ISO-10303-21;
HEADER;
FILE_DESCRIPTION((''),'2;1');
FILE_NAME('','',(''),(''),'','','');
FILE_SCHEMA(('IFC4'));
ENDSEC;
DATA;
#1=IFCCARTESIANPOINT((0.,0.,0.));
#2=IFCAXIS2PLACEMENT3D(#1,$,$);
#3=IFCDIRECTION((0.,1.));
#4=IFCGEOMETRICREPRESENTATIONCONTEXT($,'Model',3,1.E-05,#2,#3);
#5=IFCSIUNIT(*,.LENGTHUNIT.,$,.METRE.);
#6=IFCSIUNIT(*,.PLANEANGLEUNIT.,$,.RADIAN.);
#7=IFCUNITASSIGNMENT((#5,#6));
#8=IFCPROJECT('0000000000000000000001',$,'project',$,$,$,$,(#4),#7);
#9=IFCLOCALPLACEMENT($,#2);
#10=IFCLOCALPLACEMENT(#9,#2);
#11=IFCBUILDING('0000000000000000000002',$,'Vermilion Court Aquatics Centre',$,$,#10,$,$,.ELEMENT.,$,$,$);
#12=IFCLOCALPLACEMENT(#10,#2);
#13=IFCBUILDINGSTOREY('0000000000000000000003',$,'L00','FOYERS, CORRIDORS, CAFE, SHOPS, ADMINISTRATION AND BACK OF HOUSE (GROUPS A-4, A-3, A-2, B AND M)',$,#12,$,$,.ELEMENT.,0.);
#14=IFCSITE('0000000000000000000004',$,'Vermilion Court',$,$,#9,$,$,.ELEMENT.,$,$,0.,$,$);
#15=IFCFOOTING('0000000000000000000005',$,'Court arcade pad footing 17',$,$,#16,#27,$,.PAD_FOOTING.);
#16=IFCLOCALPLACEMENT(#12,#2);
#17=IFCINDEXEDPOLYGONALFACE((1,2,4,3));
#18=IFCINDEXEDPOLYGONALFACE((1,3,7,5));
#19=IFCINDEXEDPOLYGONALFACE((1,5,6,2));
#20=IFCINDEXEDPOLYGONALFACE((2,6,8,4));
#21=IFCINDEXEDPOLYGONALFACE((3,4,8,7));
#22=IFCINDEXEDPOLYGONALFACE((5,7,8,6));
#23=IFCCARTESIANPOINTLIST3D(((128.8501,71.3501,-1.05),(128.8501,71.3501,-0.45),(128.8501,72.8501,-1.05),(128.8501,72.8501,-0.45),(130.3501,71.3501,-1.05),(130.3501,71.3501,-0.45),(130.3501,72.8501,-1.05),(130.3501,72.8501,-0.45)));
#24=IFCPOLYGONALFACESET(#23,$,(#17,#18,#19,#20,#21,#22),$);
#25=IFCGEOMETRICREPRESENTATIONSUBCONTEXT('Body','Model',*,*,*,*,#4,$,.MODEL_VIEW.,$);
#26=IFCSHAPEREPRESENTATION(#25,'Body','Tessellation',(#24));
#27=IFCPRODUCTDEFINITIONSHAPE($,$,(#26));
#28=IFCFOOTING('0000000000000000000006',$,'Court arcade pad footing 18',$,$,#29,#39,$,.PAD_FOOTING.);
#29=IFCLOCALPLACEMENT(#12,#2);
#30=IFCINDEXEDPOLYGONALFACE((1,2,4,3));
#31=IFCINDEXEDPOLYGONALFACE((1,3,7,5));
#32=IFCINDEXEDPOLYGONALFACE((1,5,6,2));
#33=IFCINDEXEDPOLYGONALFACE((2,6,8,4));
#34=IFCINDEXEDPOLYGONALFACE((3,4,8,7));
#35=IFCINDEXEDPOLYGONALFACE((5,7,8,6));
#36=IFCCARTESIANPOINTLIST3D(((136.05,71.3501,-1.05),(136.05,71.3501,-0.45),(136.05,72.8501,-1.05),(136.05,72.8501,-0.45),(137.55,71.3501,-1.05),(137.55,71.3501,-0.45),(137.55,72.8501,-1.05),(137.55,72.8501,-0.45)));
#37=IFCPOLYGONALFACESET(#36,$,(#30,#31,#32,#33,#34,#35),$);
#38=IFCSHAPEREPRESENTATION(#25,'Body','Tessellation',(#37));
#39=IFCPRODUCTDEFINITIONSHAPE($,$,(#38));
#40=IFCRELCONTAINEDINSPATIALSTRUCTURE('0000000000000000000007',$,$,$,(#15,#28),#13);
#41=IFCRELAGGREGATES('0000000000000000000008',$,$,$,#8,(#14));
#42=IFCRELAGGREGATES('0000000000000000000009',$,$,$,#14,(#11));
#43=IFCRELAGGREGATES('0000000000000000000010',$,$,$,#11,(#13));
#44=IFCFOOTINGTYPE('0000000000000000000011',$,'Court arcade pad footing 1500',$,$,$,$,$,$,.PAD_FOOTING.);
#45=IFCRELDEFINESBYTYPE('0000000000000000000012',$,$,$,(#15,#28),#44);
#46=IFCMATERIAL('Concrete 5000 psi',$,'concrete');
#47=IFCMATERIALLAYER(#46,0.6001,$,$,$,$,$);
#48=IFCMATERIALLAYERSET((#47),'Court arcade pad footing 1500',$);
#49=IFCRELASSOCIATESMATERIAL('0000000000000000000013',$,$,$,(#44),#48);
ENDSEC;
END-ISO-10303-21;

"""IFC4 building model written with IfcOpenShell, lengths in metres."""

from ifc_helpers import new_model, si_unit, direction, frame, origin, place, context, subcontext, project, spatial, polyline, outline, extrude, material, layer, layer_set, type_object, element, save


model = new_model("IFC4")

# Units and contexts
model_context = context("Model", 3, precision=1e-05, world=origin(), true_north=direction((0.0, 1.0)))
body_context = subcontext(model_context, "Body", "Model", "MODEL_VIEW")
ifc_project = project(units=[si_unit("LENGTHUNIT", "METRE"), si_unit("PLANEANGLEUNIT", "RADIAN")], contexts=[model_context])

# Site, building, storey
site_placement = place(None, origin())
site = spatial("IfcSite", under=ifc_project, at=site_placement, Name="Vermilion Court", CompositionType="ELEMENT", RefElevation=0.0)
building_placement = place(site_placement, origin())
building = spatial("IfcBuilding", under=site, at=building_placement, Name="Vermilion Court Aquatics Centre", CompositionType="ELEMENT")
storey_placement = place(building_placement, origin())
storey = spatial("IfcBuildingStorey", under=building, at=storey_placement, Name="L00", Description="FOYERS, CORRIDORS, CAFE, SHOPS, ADMINISTRATION AND BACK OF HOUSE (GROUPS A-4, A-3, A-2, B AND M)", CompositionType="ELEMENT", Elevation=0.0)

# Footings
ifc_material_1 = material(Name="Concrete 5000 psi", Category="concrete")
ifc_layer_1 = layer(ifc_material_1, 0.6001)
ifc_layer_set_1 = layer_set([ifc_layer_1], Name="Court arcade pad footing 1500")
footing_type = type_object("IfcFootingType", Name="Court arcade pad footing 1500", PredefinedType="PAD_FOOTING", material=ifc_layer_set_1)
footing_1_placement = place(storey_placement, frame((0.0, 0.0, -1.05)))
element("IfcFooting", 1, at=footing_1_placement, inside=storey, type_object=footing_type, Name="Court arcade pad footing 17", PredefinedType="PAD_FOOTING", context=body_context, shape_type="SweptSolid", body=[
    extrude(outline(polyline([(128.8501, 71.3501), (130.3501, 71.3501), (130.3501, 72.8501), (128.8501, 72.8501), (128.8501, 71.3501)])), origin(), (0.0, 0.0, 1.0), 0.6001),
])
footing_2_placement = place(storey_placement, frame((0.0, 0.0, -1.05)))
element("IfcFooting", 2, at=footing_2_placement, inside=storey, type_object=footing_type, Name="Court arcade pad footing 18", PredefinedType="PAD_FOOTING", context=body_context, shape_type="SweptSolid", body=[
    extrude(outline(polyline([(136.05, 71.3501), (137.55, 71.3501), (137.55, 72.8501), (136.05, 72.8501), (136.05, 71.3501)])), origin(), (0.0, 0.0, 1.0), 0.6001),
])

save(model, "model.ifc")
